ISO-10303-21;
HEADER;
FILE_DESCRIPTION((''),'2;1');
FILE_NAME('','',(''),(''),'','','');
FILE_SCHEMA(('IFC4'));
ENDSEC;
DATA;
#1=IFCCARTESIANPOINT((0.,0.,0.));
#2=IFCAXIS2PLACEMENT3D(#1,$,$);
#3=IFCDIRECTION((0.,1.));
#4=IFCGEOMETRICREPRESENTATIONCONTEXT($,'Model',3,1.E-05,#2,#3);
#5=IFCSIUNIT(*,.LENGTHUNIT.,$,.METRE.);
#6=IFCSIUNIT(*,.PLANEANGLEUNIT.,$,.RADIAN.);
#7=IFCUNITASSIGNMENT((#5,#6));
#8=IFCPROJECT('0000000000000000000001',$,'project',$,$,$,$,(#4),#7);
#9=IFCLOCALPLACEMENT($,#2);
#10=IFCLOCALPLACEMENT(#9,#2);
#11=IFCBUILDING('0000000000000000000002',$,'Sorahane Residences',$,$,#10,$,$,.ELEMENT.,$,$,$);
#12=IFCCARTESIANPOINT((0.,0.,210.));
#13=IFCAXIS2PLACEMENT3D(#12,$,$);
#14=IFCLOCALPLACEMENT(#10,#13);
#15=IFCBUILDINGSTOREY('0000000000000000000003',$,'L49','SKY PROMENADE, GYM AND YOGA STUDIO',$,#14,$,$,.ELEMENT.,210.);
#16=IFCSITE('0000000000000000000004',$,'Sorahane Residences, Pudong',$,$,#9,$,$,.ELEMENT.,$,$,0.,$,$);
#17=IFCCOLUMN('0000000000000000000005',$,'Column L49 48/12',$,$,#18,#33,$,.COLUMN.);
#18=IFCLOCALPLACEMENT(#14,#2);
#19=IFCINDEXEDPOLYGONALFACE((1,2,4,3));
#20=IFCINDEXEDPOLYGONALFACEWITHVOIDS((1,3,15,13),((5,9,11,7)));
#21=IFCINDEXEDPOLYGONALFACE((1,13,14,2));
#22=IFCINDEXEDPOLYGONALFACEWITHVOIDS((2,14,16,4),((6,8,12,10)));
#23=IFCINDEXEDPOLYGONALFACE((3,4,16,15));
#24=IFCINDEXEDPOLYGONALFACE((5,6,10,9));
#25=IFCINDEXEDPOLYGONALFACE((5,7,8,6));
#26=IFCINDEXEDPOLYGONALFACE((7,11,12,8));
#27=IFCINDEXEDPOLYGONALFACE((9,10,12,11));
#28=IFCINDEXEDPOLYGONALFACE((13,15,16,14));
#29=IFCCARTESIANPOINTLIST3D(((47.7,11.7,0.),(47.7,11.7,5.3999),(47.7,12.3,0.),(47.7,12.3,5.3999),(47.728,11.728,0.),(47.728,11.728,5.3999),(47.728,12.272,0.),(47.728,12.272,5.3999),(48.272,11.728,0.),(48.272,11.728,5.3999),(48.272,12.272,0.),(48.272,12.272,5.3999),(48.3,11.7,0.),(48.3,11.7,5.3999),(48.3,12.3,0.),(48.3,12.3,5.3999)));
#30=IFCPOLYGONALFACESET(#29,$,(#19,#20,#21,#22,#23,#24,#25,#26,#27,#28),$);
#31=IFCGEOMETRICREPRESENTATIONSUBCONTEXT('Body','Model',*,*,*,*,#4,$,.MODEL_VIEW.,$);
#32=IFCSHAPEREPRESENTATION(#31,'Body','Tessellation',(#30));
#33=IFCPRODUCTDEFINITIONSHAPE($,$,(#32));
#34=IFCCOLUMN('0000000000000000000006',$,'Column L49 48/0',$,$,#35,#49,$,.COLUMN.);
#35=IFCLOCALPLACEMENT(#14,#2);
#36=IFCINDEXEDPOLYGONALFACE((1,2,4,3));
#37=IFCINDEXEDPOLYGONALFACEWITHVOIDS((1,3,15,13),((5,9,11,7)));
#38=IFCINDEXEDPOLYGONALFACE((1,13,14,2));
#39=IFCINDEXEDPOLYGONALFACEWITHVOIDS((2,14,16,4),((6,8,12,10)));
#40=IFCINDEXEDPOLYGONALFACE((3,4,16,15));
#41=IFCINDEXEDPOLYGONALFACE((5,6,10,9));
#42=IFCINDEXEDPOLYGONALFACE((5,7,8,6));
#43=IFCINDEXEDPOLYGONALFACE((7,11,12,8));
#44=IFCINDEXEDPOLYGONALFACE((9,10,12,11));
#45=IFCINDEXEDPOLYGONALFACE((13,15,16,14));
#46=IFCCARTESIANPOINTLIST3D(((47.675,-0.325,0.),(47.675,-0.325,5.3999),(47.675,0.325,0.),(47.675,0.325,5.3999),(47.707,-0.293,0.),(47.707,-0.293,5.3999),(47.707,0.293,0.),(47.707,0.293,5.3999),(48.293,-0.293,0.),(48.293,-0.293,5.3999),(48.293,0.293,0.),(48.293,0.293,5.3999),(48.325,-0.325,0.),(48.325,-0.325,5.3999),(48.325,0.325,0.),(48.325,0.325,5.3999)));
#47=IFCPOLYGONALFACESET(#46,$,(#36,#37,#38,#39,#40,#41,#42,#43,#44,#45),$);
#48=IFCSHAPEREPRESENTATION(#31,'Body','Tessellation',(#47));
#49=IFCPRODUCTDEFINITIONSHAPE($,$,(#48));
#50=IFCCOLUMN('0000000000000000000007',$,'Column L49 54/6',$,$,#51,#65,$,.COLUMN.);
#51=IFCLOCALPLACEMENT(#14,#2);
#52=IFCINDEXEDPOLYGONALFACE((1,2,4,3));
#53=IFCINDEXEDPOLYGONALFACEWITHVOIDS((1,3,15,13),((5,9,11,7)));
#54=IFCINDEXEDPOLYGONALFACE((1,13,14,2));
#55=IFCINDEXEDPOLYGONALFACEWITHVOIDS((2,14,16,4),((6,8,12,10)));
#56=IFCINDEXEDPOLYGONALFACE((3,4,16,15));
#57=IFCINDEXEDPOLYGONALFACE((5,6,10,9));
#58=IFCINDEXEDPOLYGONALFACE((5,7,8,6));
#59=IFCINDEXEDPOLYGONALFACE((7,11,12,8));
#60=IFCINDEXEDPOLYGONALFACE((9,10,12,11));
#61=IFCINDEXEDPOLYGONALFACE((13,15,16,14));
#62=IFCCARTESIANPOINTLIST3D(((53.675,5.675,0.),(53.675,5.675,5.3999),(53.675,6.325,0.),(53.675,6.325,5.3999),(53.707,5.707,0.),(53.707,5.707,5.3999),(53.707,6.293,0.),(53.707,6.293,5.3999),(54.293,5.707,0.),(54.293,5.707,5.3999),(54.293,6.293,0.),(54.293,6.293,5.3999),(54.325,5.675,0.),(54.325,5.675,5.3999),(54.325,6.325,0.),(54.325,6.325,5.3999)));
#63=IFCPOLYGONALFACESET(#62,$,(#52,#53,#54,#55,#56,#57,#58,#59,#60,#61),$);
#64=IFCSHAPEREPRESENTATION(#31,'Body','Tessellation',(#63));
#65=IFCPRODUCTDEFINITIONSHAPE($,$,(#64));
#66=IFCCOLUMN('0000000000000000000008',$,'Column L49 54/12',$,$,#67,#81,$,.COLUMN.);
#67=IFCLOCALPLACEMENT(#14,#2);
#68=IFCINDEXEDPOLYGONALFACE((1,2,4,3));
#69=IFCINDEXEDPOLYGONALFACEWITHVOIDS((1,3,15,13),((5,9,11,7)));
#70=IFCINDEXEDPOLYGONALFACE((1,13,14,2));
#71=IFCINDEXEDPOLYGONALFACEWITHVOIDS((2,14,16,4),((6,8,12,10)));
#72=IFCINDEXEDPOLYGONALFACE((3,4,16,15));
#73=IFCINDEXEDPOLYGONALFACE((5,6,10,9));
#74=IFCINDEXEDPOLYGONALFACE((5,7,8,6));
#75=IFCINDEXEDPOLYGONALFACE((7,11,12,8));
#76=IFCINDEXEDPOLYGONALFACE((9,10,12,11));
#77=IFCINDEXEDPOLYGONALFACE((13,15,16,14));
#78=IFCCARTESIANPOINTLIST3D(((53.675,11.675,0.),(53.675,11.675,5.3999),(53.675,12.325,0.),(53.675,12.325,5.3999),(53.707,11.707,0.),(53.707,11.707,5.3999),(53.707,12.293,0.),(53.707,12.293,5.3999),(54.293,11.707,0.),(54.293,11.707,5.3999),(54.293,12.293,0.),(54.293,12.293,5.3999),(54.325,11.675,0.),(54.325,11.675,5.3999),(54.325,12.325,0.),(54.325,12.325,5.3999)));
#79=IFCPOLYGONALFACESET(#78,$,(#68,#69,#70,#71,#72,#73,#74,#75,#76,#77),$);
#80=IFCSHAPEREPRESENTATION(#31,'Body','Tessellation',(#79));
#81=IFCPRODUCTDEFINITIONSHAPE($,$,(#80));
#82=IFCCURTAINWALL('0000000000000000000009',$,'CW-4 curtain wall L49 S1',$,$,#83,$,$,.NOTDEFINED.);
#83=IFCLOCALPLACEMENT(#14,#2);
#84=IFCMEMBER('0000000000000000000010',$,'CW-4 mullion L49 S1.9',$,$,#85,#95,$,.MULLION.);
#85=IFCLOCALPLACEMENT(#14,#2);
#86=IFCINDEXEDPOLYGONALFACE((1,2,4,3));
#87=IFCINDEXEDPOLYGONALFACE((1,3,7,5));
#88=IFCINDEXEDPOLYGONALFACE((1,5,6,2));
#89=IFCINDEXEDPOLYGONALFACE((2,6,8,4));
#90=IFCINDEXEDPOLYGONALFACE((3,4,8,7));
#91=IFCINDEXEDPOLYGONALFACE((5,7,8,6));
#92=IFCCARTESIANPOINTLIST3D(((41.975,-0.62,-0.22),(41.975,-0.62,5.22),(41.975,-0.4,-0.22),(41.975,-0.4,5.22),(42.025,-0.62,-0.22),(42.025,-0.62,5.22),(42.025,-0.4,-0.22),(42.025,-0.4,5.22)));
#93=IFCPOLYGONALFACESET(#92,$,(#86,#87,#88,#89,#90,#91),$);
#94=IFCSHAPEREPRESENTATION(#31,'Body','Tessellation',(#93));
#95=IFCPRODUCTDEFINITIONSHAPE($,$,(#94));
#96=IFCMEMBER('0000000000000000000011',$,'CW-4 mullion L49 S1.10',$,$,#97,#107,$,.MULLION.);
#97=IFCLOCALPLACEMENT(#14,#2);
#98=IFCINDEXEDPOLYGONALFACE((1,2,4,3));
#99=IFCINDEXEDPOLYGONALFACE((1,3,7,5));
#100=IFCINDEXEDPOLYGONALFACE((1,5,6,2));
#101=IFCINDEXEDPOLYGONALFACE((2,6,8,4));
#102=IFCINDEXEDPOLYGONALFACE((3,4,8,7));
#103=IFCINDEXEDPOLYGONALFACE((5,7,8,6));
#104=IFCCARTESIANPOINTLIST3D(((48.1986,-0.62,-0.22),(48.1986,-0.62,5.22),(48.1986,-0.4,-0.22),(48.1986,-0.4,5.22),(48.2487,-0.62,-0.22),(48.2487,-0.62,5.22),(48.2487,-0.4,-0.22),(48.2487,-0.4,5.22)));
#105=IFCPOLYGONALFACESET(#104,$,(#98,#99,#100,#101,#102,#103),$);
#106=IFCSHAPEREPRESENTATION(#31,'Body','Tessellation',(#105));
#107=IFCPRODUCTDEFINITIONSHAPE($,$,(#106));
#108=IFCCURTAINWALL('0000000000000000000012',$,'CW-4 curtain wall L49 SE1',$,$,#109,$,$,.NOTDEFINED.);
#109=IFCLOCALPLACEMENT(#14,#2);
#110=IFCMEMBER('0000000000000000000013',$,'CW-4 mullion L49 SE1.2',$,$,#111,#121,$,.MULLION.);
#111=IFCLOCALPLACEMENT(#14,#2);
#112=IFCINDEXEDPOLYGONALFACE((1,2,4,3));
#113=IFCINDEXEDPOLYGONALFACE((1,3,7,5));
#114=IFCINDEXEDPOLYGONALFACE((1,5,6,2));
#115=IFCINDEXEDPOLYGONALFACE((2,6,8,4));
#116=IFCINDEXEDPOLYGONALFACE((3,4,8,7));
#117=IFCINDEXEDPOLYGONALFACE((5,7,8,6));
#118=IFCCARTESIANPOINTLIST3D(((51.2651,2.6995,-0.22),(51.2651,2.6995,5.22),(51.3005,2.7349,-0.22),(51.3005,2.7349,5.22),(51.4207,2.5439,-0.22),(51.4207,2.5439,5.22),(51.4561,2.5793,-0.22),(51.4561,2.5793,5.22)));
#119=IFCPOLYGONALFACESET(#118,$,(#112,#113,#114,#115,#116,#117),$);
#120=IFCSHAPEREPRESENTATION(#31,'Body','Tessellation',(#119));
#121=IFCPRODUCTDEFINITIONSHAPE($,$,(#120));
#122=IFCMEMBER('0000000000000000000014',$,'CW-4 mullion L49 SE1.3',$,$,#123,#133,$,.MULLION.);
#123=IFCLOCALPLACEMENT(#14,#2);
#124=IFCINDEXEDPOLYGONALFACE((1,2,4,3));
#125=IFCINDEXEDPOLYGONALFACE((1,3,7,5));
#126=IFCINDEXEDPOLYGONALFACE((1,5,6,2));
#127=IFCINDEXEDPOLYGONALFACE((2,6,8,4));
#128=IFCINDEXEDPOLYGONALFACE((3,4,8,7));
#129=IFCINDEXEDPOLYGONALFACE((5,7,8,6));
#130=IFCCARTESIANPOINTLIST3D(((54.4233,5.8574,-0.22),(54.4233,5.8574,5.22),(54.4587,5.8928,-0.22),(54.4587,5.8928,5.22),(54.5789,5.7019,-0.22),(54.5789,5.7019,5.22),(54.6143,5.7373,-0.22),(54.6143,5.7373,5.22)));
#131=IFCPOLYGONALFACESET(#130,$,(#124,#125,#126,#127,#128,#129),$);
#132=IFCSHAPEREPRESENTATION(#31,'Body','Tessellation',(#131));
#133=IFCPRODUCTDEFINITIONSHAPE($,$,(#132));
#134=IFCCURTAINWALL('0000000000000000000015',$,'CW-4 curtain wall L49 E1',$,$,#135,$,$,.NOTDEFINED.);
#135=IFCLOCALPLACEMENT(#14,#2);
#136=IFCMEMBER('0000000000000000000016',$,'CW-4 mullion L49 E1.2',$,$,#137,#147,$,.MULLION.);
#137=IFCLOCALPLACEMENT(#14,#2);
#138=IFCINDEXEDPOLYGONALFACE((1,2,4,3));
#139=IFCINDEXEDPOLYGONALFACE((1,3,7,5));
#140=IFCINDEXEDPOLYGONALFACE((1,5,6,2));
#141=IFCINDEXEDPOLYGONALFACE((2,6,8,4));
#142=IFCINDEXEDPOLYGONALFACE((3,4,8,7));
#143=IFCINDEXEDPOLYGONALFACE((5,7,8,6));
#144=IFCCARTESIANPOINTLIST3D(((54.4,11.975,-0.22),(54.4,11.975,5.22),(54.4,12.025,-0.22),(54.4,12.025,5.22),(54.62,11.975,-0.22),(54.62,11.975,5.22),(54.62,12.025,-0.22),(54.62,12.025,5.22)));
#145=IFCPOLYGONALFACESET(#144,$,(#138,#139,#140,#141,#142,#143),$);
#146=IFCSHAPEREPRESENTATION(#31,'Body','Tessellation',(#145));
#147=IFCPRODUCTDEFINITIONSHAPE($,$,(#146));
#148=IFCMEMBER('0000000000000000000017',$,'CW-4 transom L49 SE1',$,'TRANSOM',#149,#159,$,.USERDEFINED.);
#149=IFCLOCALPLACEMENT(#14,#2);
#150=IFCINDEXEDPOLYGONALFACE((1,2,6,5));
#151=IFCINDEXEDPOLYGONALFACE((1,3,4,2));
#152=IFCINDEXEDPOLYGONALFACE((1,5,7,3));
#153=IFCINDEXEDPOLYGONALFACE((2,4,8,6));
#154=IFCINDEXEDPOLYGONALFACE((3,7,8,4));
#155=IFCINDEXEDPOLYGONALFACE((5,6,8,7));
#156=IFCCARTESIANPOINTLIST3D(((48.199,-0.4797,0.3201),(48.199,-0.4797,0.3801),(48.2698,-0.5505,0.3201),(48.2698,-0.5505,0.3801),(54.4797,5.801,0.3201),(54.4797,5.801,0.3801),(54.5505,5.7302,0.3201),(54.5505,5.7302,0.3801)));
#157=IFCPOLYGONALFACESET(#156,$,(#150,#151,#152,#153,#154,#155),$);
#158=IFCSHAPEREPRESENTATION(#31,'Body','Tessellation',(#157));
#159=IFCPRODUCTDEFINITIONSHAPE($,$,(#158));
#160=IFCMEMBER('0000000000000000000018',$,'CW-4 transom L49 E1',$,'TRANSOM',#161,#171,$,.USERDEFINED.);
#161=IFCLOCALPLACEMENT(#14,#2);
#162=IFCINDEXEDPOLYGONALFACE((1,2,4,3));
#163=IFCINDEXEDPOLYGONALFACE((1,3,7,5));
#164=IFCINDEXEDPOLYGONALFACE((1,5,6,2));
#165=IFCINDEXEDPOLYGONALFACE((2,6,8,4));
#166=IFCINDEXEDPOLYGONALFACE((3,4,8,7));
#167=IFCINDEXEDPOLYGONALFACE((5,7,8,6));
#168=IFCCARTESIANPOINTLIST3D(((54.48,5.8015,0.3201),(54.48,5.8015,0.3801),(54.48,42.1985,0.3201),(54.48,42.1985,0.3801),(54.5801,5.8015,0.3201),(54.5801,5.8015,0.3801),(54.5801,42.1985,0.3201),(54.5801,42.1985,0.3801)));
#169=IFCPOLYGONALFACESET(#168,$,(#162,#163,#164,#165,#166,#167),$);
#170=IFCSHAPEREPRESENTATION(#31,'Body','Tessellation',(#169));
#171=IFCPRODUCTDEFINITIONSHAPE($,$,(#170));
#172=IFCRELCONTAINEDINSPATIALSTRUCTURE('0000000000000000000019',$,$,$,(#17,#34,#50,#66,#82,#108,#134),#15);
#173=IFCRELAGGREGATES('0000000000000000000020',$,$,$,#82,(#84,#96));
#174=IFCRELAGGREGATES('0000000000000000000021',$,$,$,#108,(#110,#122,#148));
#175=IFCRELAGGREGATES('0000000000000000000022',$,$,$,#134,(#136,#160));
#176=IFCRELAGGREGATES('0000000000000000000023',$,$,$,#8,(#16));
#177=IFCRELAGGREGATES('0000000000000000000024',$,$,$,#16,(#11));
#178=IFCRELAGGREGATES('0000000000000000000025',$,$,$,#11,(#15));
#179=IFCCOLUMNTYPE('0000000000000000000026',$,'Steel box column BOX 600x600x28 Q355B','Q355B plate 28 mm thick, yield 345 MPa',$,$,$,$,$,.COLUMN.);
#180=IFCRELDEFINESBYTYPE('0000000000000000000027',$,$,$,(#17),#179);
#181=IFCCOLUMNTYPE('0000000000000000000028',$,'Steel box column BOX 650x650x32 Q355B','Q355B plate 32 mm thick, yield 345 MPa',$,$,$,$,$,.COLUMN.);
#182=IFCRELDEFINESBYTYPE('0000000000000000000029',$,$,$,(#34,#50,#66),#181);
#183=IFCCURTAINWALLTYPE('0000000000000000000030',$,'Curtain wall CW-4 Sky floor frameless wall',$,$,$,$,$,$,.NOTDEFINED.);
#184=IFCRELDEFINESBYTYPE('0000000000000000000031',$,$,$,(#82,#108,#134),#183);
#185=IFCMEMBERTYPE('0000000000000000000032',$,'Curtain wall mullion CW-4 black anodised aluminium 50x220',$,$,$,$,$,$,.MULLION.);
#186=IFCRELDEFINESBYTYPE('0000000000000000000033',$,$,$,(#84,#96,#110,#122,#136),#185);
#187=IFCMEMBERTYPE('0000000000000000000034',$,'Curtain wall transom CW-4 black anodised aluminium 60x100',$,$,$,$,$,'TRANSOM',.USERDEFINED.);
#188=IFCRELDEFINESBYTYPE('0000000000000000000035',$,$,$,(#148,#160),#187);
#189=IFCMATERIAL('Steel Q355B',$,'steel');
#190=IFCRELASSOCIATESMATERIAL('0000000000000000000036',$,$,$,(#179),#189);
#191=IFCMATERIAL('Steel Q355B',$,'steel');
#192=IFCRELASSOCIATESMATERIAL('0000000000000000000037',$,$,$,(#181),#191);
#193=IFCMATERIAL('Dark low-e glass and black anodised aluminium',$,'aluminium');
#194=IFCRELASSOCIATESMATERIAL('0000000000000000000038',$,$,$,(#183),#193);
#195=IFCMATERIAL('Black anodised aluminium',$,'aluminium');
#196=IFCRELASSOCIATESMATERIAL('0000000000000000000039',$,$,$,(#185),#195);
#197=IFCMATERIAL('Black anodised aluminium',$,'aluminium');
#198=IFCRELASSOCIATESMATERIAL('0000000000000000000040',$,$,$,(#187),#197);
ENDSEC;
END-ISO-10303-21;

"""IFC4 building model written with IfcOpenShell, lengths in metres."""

from ifc_helpers import new_model, si_unit, direction, frame, origin, origin_2d, place, context, subcontext, project, spatial, rectangle, hollow_rectangle, extrude, material, material_profile, profile_set, type_object, element, aggregate, save


model = new_model("IFC4")

# Units and contexts
model_context = context("Model", 3, precision=1e-05, world=origin(), true_north=direction((0.0, 1.0)))
body_context = subcontext(model_context, "Body", "Model", "MODEL_VIEW")
ifc_project = project(units=[si_unit("LENGTHUNIT", "METRE"), si_unit("PLANEANGLEUNIT", "RADIAN")], contexts=[model_context])

# Site, building, storey
site_placement = place(None, origin())
site = spatial("IfcSite", under=ifc_project, at=site_placement, Name="Sorahane Residences, Pudong", CompositionType="ELEMENT", RefElevation=0.0)
building_placement = place(site_placement, origin())
building = spatial("IfcBuilding", under=site, at=building_placement, Name="Sorahane Residences", CompositionType="ELEMENT")
storey_placement = place(building_placement, frame((0.0, 0.0, 210.0)))
storey = spatial("IfcBuildingStorey", under=building, at=storey_placement, Name="L49", Description="SKY PROMENADE, GYM AND YOGA STUDIO", CompositionType="ELEMENT", Elevation=210.0)

# Columns
ifc_material_1 = material(Name="Steel Q355B", Category="steel")
ifc_material_profile_1 = material_profile(ifc_material_1, hollow_rectangle(XDim=0.6001, YDim=0.6001, WallThickness=0.0281, at=origin_2d()), Name="BOX 600x600x28")
ifc_profile_set_1 = profile_set([ifc_material_profile_1], Name="Steel Q355B")
column_type_1 = type_object("IfcColumnType", Name="Steel box column BOX 600x600x28 Q355B", Description="Q355B plate 28 mm thick, yield 345 MPa", PredefinedType="COLUMN", material=ifc_profile_set_1)
column_placement = place(storey_placement, frame((48.0, 12.0, 0.0), z_axis=(0.0, 0.0, 1.0), x_axis=(1.0, 0.0, 0.0)))
element("IfcColumn", 1, at=column_placement, inside=storey, type_object=column_type_1, Name="Column L49 48/12", PredefinedType="COLUMN", context=body_context, shape_type="SweptSolid", body=[
    extrude(hollow_rectangle(XDim=0.6001, YDim=0.6001, WallThickness=0.0281, at=origin_2d()), origin(), (0.0, 0.0, 1.0), 5.3999),
])
ifc_material_2 = material(Name="Steel Q355B", Category="steel")
ifc_material_profile_2 = material_profile(ifc_material_2, hollow_rectangle(XDim=0.6499, YDim=0.6499, WallThickness=0.032, at=origin_2d()), Name="BOX 650x650x32")
ifc_profile_set_2 = profile_set([ifc_material_profile_2], Name="Steel Q355B")
column_type_2 = type_object("IfcColumnType", Name="Steel box column BOX 650x650x32 Q355B", Description="Q355B plate 32 mm thick, yield 345 MPa", PredefinedType="COLUMN", material=ifc_profile_set_2)
for number, where, z_axis, x_axis, name in (
    (2, (48.0, 0.0, 0.0), (0.0, 0.0, 1.0), (1.0, 0.0, 0.0), "Column L49 48/0"),
    (3, (54.0, 6.0, 0.0), (0.0, 0.0, 1.0), (1.0, 0.0, 0.0), "Column L49 54/6"),
    (4, (54.0, 12.0, 0.0), (0.0, 0.0, 1.0), (1.0, 0.0, 0.0), "Column L49 54/12"),
):
    element("IfcColumn", number, at=place(storey_placement, frame(where, z_axis=z_axis, x_axis=x_axis)), inside=storey, type_object=column_type_2, Name=name, PredefinedType="COLUMN", context=body_context, shape_type="SweptSolid", body=[
        extrude(hollow_rectangle(XDim=0.6499, YDim=0.6499, WallThickness=0.032, at=origin_2d()), origin(), (0.0, 0.0, 1.0), 5.3999),
    ])

# Curtain walls, members
ifc_material_3 = material(Name="Dark low-e glass and black anodised aluminium", Category="aluminium")
curtain_wall_type = type_object("IfcCurtainWallType", Name="Curtain wall CW-4 Sky floor frameless wall", PredefinedType="NOTDEFINED", material=ifc_material_3)
curtain_wall_1_placement = place(storey_placement, origin())
curtain_wall_1 = element("IfcCurtainWall", 5, at=curtain_wall_1_placement, inside=storey, type_object=curtain_wall_type, Name="CW-4 curtain wall L49 S1", PredefinedType="NOTDEFINED")
ifc_material_4 = material(Name="Black anodised aluminium", Category="aluminium")
ifc_material_profile_3 = material_profile(ifc_material_4, rectangle(XDim=0.22, YDim=0.05, at=origin_2d()), Name="Curtain wall mullion CW-4 black anodised aluminium 50x220")
ifc_profile_set_3 = profile_set([ifc_material_profile_3], Name="Black anodised aluminium")
member_type_1 = type_object("IfcMemberType", Name="Curtain wall mullion CW-4 black anodised aluminium 50x220", PredefinedType="MULLION", material=ifc_profile_set_3)
member_1_placement = place(storey_placement, frame((42.0, -0.51, -0.22), z_axis=(0.0, 0.0, 1.0), x_axis=(0.0, -1.0, 0.0)))
member_1 = element("IfcMember", 6, at=member_1_placement, type_object=member_type_1, Name="CW-4 mullion L49 S1.9", PredefinedType="MULLION", context=body_context, shape_type="SweptSolid", body=[
    extrude(rectangle(XDim=0.22, YDim=0.05, at=origin_2d()), origin(), (0.0, 0.0, 1.0), 5.4399),
])
member_2_placement = place(storey_placement, frame((48.2236, -0.51, -0.22), z_axis=(0.0, 0.0, 1.0), x_axis=(0.0, -1.0, 0.0)))
member_2 = element("IfcMember", 7, at=member_2_placement, type_object=member_type_1, Name="CW-4 mullion L49 S1.10", PredefinedType="MULLION", context=body_context, shape_type="SweptSolid", body=[
    extrude(rectangle(XDim=0.22, YDim=0.05, at=origin_2d()), origin(), (0.0, 0.0, 1.0), 5.4399),
])
curtain_wall_2_placement = place(storey_placement, origin())
curtain_wall_2 = element("IfcCurtainWall", 8, at=curtain_wall_2_placement, inside=storey, type_object=curtain_wall_type, Name="CW-4 curtain wall L49 SE1", PredefinedType="NOTDEFINED")
member_3_placement = place(storey_placement, frame((51.3606, 2.6394, -0.22), z_axis=(0.0, 0.0, 1.0), x_axis=(0.707107, -0.707107, 0.0)))
member_3 = element("IfcMember", 9, at=member_3_placement, type_object=member_type_1, Name="CW-4 mullion L49 SE1.2", PredefinedType="MULLION", context=body_context, shape_type="SweptSolid", body=[
    extrude(rectangle(XDim=0.22, YDim=0.05, at=origin_2d()), origin(), (0.0, 0.0, 1.0), 5.4399),
])
member_4_placement = place(storey_placement, frame((54.5188, 5.7974, -0.22), z_axis=(0.0, 0.0, 1.0), x_axis=(0.707107, -0.707107, 0.0)))
member_4 = element("IfcMember", 10, at=member_4_placement, type_object=member_type_1, Name="CW-4 mullion L49 SE1.3", PredefinedType="MULLION", context=body_context, shape_type="SweptSolid", body=[
    extrude(rectangle(XDim=0.22, YDim=0.05, at=origin_2d()), origin(), (0.0, 0.0, 1.0), 5.4399),
])

# Curtain wall, member
curtain_wall_3_placement = place(storey_placement, origin())
curtain_wall_3 = element("IfcCurtainWall", 11, at=curtain_wall_3_placement, inside=storey, type_object=curtain_wall_type, Name="CW-4 curtain wall L49 E1", PredefinedType="NOTDEFINED")
member_5_placement = place(storey_placement, frame((54.51, 12.0, -0.22), z_axis=(0.0, 0.0, 1.0), x_axis=(1.0, 0.0, 0.0)))
member_5 = element("IfcMember", 12, at=member_5_placement, type_object=member_type_1, Name="CW-4 mullion L49 E1.2", PredefinedType="MULLION", context=body_context, shape_type="SweptSolid", body=[
    extrude(rectangle(XDim=0.22, YDim=0.05, at=origin_2d()), origin(), (0.0, 0.0, 1.0), 5.4399),
])

# Members
ifc_material_5 = material(Name="Black anodised aluminium", Category="aluminium")
ifc_material_profile_4 = material_profile(ifc_material_5, rectangle(XDim=0.1001, YDim=0.0601, at=origin_2d()), Name="Curtain wall transom CW-4 black anodised aluminium 60x100")
ifc_profile_set_4 = profile_set([ifc_material_profile_4], Name="Black anodised aluminium")
member_type_2 = type_object("IfcMemberType", Name="Curtain wall transom CW-4 black anodised aluminium 60x100", ElementType="TRANSOM", PredefinedType="USERDEFINED", material=ifc_profile_set_4)
member_6_placement = place(storey_placement, frame((48.2344, -0.5151, 0.3501), z_axis=(0.707107, 0.707107, 0.0), x_axis=(-0.707107, 0.707107, 0.0)))
member_6 = element("IfcMember", 13, at=member_6_placement, type_object=member_type_2, Name="CW-4 transom L49 SE1", ObjectType="TRANSOM", PredefinedType="USERDEFINED", context=body_context, shape_type="SweptSolid", body=[
    extrude(rectangle(XDim=0.1001, YDim=0.0601, at=origin_2d()), origin(), (0.0, 0.0, 1.0), 8.8823),
])
member_7_placement = place(storey_placement, frame((54.53, 5.8015, 0.3501), z_axis=(0.0, 1.0, 0.0), x_axis=(-1.0, 0.0, 0.0)))
member_7 = element("IfcMember", 14, at=member_7_placement, type_object=member_type_2, Name="CW-4 transom L49 E1", ObjectType="TRANSOM", PredefinedType="USERDEFINED", context=body_context, shape_type="SweptSolid", body=[
    extrude(rectangle(XDim=0.1001, YDim=0.0601, at=origin_2d()), origin(), (0.0, 0.0, 1.0), 36.397),
])

aggregate(curtain_wall_1, [member_1, member_2])
aggregate(curtain_wall_2, [member_3, member_4, member_6])
aggregate(curtain_wall_3, [member_5, member_7])

save(model, "model.ifc")
